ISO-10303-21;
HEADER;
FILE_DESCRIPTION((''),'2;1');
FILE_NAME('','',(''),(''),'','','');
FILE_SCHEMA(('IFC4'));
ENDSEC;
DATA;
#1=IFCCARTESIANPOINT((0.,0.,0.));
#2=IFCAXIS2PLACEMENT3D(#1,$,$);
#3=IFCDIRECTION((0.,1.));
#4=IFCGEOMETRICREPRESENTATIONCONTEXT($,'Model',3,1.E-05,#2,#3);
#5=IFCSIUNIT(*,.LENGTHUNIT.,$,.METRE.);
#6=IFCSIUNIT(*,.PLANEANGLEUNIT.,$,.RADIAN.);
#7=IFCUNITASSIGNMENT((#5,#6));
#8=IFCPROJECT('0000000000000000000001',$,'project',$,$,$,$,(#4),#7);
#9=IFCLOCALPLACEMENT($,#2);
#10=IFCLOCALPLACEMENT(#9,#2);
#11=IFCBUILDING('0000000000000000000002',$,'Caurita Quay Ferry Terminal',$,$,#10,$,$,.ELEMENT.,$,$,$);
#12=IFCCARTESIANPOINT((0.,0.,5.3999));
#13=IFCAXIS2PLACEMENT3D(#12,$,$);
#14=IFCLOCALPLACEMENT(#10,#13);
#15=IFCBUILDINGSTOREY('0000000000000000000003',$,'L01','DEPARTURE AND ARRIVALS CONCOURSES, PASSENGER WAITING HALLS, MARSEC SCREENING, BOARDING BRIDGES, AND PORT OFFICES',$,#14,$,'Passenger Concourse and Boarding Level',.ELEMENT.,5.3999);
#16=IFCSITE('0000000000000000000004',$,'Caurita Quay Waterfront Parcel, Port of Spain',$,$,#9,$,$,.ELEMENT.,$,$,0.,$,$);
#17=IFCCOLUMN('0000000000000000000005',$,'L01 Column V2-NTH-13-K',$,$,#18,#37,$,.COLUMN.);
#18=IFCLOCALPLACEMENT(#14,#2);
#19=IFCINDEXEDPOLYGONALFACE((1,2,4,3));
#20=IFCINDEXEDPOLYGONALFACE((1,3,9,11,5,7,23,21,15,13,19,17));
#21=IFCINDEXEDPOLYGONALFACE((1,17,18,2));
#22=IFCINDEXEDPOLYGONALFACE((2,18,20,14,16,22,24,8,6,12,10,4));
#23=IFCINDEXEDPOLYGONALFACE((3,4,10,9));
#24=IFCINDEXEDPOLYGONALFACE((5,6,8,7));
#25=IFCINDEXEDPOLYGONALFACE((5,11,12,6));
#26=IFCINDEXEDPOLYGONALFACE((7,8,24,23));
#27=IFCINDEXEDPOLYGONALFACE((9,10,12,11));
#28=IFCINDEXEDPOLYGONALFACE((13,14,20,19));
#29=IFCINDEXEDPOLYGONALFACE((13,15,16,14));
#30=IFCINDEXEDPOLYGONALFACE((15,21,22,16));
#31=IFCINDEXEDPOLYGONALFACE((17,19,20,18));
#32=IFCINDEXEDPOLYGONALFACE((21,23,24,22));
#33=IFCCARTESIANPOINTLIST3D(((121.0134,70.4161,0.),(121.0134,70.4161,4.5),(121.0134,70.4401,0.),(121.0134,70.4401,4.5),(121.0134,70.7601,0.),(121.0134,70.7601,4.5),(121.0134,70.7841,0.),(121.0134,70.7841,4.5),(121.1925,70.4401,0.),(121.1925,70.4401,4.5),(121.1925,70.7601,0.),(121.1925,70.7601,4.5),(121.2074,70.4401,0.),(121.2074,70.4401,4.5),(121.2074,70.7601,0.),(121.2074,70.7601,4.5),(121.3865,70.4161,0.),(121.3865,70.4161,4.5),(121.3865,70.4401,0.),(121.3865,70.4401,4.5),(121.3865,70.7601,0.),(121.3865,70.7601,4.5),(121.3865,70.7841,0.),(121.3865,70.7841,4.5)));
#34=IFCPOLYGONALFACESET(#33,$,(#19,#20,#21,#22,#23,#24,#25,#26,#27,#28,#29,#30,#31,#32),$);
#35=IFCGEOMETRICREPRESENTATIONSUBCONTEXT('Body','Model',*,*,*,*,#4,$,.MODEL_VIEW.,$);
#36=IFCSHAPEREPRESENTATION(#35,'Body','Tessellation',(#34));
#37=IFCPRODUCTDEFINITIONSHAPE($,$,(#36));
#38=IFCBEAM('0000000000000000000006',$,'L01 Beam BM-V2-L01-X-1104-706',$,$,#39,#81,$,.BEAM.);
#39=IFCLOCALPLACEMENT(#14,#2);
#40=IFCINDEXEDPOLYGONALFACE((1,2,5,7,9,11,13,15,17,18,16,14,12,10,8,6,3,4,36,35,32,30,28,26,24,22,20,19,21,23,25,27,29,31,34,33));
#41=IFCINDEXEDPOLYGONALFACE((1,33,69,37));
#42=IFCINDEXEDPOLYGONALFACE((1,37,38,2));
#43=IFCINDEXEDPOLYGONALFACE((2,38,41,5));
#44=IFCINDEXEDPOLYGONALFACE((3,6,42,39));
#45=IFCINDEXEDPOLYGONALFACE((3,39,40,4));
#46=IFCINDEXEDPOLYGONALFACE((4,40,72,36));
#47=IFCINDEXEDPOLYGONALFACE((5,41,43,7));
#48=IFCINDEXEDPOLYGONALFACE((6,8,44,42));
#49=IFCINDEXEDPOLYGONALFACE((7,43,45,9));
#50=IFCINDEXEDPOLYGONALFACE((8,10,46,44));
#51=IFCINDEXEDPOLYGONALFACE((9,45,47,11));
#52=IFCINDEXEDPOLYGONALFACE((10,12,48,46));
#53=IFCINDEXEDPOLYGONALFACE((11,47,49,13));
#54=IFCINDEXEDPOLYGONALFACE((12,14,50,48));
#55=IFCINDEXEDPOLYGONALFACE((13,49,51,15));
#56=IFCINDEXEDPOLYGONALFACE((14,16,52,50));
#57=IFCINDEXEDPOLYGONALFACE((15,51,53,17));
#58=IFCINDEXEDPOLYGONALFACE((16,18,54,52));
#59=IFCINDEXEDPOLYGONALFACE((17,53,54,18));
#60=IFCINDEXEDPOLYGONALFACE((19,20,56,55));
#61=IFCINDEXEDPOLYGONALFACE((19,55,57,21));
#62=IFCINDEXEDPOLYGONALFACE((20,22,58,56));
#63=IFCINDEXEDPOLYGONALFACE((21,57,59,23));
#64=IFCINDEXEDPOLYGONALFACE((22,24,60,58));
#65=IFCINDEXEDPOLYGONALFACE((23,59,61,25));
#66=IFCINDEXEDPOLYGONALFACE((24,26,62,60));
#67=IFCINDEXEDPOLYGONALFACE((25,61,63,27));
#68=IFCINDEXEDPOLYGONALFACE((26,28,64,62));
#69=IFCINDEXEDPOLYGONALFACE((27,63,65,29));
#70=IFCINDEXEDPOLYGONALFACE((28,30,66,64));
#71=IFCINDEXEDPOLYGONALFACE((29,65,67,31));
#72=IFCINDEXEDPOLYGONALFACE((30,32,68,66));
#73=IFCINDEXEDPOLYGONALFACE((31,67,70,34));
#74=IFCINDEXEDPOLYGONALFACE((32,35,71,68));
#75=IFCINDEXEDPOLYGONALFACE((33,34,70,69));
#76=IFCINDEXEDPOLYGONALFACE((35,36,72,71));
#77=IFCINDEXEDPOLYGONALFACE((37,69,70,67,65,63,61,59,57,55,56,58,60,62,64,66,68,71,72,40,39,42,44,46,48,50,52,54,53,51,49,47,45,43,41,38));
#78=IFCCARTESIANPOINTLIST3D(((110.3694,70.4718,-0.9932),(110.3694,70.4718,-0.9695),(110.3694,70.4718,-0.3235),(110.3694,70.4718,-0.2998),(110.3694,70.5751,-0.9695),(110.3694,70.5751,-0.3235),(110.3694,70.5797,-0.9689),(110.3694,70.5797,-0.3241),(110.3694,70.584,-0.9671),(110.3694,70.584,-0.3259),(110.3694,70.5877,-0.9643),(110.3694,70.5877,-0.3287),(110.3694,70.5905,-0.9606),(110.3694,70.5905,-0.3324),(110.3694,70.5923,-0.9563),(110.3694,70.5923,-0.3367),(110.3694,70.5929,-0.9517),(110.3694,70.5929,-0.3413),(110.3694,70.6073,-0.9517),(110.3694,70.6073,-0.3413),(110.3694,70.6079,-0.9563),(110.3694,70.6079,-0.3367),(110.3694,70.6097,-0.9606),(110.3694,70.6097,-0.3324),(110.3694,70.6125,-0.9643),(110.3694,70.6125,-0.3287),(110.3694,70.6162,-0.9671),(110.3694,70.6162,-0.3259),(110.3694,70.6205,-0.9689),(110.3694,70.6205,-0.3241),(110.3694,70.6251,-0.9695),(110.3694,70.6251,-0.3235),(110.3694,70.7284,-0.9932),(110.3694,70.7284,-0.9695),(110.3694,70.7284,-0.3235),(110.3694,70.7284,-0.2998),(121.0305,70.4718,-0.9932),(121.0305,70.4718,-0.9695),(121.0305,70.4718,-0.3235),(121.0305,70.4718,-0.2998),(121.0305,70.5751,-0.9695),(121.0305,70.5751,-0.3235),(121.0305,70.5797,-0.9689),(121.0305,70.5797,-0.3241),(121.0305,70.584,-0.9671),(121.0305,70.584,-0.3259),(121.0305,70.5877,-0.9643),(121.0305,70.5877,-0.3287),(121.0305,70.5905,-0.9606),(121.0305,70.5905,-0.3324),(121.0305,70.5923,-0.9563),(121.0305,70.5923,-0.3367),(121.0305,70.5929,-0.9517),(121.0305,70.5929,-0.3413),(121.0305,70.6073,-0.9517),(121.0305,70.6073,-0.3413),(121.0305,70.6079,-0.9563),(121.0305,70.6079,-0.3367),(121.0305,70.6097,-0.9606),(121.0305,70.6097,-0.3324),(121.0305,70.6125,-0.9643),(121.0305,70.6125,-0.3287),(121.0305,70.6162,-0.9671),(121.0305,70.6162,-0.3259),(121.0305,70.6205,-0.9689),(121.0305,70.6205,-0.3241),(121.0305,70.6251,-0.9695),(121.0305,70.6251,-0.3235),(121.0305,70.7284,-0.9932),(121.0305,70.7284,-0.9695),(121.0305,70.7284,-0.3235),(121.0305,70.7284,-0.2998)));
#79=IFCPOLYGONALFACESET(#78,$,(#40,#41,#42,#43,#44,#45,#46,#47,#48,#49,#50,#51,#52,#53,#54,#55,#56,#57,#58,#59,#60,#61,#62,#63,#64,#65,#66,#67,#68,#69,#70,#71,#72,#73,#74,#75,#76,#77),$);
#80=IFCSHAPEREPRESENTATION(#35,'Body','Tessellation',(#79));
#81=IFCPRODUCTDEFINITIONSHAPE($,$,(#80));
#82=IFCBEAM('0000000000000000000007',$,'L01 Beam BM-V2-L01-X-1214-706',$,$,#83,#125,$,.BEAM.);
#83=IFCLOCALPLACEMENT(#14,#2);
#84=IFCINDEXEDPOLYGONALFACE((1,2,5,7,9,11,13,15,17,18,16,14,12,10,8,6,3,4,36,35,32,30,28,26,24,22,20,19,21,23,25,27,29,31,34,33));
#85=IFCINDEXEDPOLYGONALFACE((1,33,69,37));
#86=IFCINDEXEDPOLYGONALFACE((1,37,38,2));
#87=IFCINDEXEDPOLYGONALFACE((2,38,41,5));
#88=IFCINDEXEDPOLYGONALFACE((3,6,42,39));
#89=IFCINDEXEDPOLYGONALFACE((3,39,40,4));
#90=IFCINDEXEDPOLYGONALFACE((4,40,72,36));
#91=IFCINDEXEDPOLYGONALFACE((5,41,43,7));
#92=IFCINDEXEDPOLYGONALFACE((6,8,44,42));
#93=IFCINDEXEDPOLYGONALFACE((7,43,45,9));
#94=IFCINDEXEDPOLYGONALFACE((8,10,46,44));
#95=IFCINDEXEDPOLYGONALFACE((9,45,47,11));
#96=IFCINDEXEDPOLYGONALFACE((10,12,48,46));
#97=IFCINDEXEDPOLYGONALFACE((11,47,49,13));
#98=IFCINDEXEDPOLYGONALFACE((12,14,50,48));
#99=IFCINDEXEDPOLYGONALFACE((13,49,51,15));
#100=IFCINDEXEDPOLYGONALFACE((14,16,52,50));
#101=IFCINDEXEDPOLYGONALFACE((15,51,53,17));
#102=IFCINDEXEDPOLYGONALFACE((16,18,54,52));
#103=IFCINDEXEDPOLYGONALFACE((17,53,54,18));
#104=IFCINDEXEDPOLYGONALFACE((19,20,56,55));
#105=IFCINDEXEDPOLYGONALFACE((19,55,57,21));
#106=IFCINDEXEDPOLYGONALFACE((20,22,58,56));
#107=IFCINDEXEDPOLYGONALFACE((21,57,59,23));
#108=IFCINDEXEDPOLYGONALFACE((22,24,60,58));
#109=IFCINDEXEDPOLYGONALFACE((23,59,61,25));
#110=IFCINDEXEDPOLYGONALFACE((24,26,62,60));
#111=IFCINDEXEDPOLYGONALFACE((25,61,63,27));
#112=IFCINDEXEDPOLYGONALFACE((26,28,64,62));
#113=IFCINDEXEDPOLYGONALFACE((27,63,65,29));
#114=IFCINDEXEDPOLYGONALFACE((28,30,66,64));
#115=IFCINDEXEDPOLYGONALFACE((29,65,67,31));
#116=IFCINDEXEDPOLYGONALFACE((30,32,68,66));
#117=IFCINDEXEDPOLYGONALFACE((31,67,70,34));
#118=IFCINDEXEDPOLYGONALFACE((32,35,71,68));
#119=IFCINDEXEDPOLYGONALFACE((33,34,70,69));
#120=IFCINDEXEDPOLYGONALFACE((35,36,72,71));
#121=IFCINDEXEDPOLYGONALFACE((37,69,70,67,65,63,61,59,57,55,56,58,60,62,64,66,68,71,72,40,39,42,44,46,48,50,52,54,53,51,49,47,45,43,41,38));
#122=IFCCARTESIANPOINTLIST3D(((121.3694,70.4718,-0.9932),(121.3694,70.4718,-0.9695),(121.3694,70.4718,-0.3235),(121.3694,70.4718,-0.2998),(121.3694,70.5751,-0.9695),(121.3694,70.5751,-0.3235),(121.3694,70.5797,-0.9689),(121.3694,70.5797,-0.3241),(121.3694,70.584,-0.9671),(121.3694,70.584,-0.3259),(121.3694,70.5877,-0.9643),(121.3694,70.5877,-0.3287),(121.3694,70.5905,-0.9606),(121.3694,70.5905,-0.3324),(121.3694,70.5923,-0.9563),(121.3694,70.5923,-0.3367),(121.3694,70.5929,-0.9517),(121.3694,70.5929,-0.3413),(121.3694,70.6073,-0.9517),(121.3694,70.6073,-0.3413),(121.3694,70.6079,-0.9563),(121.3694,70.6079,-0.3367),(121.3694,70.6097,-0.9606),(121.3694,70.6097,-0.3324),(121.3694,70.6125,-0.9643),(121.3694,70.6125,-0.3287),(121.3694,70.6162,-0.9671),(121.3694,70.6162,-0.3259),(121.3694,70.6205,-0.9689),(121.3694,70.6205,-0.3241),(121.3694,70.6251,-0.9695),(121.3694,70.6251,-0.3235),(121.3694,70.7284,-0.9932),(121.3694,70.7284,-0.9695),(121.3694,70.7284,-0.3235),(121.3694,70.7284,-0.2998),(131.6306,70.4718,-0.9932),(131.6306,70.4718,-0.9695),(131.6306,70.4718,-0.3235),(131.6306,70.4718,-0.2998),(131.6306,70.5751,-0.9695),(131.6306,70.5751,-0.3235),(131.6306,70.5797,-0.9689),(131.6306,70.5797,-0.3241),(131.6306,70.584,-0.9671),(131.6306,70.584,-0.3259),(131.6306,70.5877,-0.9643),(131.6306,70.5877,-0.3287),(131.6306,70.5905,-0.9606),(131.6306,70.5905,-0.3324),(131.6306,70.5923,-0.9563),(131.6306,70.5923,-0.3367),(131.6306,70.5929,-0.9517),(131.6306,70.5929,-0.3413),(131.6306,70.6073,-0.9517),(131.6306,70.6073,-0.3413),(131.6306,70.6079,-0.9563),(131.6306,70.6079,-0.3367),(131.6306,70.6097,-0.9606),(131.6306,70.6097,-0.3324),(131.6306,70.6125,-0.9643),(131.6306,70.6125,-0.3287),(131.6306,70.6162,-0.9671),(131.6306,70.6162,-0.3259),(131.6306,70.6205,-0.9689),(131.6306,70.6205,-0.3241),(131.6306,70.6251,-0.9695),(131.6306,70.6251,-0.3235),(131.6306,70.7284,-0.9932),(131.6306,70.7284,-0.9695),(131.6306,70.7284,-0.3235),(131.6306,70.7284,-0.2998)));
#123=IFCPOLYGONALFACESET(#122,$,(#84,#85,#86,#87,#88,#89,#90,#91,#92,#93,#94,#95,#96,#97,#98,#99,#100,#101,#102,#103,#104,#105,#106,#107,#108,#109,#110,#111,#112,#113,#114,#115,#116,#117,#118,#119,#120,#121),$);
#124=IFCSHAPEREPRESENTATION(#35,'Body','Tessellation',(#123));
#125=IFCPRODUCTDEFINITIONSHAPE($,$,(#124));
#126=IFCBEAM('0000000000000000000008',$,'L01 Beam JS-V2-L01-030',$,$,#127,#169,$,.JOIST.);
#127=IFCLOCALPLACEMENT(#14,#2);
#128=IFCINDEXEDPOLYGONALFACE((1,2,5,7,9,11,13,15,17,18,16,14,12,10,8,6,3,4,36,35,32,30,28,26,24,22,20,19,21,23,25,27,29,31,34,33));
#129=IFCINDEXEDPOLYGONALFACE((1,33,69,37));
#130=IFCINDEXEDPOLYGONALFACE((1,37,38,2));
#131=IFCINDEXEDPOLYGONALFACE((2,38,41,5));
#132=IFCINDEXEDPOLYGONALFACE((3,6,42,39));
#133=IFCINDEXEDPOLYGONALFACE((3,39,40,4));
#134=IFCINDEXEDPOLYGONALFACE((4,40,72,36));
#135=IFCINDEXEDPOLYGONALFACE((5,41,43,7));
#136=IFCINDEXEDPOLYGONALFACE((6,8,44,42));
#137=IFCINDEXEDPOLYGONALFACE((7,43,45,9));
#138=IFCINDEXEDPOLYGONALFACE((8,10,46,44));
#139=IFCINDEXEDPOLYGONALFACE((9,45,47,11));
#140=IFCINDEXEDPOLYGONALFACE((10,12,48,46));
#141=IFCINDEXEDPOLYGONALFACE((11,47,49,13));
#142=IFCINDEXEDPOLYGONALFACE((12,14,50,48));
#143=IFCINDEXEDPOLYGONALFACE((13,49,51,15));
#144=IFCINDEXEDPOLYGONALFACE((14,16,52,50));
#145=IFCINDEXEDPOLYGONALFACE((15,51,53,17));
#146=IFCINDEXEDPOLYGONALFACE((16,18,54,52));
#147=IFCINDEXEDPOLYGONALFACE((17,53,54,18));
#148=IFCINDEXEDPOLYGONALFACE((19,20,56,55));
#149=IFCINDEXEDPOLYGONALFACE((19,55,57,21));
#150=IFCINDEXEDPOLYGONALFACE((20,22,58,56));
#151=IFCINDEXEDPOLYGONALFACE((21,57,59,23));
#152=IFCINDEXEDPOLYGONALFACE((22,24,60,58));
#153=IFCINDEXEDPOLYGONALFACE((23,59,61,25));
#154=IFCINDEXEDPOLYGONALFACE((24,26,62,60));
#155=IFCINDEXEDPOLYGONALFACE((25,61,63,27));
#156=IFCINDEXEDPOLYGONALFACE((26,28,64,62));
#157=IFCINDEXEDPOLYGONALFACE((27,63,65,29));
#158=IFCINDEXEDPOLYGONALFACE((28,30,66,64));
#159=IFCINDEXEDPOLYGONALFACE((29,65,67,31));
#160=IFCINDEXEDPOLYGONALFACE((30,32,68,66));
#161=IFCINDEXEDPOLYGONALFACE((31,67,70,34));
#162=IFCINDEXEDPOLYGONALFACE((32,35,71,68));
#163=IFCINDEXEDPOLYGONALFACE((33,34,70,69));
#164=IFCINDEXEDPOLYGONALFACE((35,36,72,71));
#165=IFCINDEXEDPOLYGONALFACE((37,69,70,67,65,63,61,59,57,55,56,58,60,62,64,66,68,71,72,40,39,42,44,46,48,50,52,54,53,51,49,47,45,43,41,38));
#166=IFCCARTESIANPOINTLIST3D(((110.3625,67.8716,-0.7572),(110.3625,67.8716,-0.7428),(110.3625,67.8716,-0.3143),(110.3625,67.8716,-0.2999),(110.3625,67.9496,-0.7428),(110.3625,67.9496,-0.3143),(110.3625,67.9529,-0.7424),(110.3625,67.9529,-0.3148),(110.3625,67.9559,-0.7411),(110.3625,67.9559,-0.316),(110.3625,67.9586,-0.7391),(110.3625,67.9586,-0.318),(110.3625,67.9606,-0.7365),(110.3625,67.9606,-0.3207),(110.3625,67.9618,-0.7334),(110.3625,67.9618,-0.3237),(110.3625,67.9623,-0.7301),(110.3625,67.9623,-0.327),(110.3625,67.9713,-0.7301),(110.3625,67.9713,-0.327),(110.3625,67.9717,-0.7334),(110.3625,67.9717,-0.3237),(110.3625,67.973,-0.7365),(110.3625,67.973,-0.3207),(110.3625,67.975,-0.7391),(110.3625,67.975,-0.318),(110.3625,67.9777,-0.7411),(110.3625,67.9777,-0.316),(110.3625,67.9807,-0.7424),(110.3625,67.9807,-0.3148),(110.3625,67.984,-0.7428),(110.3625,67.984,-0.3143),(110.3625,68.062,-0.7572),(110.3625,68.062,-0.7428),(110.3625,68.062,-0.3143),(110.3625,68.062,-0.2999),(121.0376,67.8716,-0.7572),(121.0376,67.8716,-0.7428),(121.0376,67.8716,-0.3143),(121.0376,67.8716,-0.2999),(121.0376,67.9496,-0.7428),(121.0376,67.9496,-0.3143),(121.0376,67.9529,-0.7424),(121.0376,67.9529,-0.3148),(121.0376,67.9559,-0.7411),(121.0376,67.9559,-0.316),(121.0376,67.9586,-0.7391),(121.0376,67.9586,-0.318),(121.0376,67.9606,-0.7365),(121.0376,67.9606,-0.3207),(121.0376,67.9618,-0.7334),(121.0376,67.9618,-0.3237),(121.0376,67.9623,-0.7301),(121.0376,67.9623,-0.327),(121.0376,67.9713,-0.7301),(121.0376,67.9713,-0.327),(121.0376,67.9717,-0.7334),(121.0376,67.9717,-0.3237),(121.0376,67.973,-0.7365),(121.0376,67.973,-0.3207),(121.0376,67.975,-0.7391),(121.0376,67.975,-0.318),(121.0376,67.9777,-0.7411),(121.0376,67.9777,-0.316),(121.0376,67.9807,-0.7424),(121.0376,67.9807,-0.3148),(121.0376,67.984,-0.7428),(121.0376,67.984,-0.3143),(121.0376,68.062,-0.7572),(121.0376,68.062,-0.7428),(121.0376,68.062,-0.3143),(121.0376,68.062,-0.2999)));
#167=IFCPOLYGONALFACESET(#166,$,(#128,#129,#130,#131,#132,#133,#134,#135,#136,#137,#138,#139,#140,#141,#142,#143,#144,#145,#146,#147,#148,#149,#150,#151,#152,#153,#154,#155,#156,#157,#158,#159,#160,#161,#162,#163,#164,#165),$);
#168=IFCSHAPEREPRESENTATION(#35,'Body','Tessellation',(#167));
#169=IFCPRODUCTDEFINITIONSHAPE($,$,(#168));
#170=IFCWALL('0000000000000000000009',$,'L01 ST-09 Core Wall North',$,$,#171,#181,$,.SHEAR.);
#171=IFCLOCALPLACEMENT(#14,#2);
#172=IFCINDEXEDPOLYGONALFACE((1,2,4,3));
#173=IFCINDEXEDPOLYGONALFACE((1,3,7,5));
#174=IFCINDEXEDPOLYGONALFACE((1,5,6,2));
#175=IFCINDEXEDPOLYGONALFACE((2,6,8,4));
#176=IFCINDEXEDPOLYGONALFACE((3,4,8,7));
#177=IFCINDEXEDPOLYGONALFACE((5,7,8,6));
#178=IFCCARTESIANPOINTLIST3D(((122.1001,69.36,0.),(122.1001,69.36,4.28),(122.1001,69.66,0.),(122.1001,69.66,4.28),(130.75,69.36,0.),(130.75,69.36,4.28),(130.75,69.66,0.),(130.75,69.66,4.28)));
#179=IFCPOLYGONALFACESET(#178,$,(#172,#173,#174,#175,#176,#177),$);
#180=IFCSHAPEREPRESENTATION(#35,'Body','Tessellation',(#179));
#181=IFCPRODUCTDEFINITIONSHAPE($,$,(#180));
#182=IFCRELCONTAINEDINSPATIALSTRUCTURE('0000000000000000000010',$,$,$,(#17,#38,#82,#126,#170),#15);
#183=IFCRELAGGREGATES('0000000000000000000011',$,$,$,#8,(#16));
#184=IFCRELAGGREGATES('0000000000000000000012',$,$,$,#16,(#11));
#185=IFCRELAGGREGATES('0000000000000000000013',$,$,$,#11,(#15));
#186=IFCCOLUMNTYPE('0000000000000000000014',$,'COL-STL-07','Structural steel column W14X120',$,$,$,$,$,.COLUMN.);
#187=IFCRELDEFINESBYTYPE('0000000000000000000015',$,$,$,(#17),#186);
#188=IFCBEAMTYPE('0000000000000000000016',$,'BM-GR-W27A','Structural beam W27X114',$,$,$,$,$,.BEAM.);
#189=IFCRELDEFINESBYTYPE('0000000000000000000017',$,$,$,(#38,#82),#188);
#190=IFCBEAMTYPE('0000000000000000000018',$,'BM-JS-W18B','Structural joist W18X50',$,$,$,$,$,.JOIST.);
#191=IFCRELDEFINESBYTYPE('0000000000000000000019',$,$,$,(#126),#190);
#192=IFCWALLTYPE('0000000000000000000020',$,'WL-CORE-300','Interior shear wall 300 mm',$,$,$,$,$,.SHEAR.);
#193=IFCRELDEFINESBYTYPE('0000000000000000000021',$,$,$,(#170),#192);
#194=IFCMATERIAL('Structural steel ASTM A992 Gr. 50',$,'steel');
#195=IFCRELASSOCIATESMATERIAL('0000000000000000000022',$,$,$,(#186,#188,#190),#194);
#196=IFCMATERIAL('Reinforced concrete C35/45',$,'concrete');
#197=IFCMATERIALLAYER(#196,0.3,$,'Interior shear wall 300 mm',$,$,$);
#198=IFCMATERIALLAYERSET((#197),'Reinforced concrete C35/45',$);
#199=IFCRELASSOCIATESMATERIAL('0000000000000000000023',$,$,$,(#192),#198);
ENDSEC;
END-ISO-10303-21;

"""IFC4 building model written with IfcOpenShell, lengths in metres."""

from ifc_helpers import new_model, si_unit, direction, frame, frame_2d, origin, origin_2d, place, context, subcontext, project, spatial, rectangle, i_section, extrude, material, layer, layer_set, material_profile, profile_set, type_object, element, save


model = new_model("IFC4")

# Units and contexts
model_context = context("Model", 3, precision=1e-05, world=origin(), true_north=direction((0.0, 1.0)))
body_context = subcontext(model_context, "Body", "Model", "MODEL_VIEW")
ifc_project = project(units=[si_unit("LENGTHUNIT", "METRE"), si_unit("PLANEANGLEUNIT", "RADIAN")], contexts=[model_context])

# Site, building, storey
site_placement = place(None, origin())
site = spatial("IfcSite", under=ifc_project, at=site_placement, Name="Caurita Quay Waterfront Parcel, Port of Spain", CompositionType="ELEMENT", RefElevation=0.0)
building_placement = place(site_placement, origin())
building = spatial("IfcBuilding", under=site, at=building_placement, Name="Caurita Quay Ferry Terminal", CompositionType="ELEMENT")
storey_placement = place(building_placement, frame((0.0, 0.0, 5.3999)))
storey = spatial("IfcBuildingStorey", under=building, at=storey_placement, Name="L01", Description="DEPARTURE AND ARRIVALS CONCOURSES, PASSENGER WAITING HALLS, MARSEC SCREENING, BOARDING BRIDGES, AND PORT OFFICES", LongName="Passenger Concourse and Boarding Level", CompositionType="ELEMENT", Elevation=5.3999)

# Column
ifc_material_1 = material(Name="Structural steel ASTM A992 Gr. 50", Category="steel")
ifc_material_profile_1 = material_profile(ifc_material_1, i_section(OverallWidth=0.373, OverallDepth=0.3679, WebThickness=0.0149, FlangeThickness=0.0239, at=origin_2d()), Name="W14X120")
ifc_profile_set_1 = profile_set([ifc_material_profile_1], Name="Structural steel ASTM A992 Gr. 50")
column_type = type_object("IfcColumnType", Name="COL-STL-07", Description="Structural steel column W14X120", PredefinedType="COLUMN", material=ifc_profile_set_1)
column_placement = place(storey_placement, frame((121.2, 70.6001, 0.0), z_axis=(0.0, 0.0, 1.0), x_axis=(1.0, 0.0, 0.0)))
element("IfcColumn", 1, at=column_placement, inside=storey, type_object=column_type, Name="L01 Column V2-NTH-13-K", PredefinedType="COLUMN", context=body_context, shape_type="SweptSolid", body=[
    extrude(i_section(OverallWidth=0.373, OverallDepth=0.3679, WebThickness=0.0149, FlangeThickness=0.0239, at=origin_2d()), origin(), (0.0, 0.0, 1.0), 4.5),
])

# Beams
ifc_material_profile_2 = material_profile(ifc_material_1, i_section(OverallWidth=0.2566, OverallDepth=0.6934, WebThickness=0.0144, FlangeThickness=0.0237, FilletRadius=0.0178, at=origin_2d()), Name="W27X114")
ifc_profile_set_2 = profile_set([ifc_material_profile_2], Name="Structural steel ASTM A992 Gr. 50")
beam_type_1 = type_object("IfcBeamType", Name="BM-GR-W27A", Description="Structural beam W27X114", PredefinedType="BEAM", material=ifc_profile_set_2)
beam_1_placement = place(storey_placement, frame((110.3694, 70.6001, -0.6465), z_axis=(1.0, 0.0, 0.0), x_axis=(0.0, 1.0, 0.0)))
element("IfcBeam", 2, at=beam_1_placement, inside=storey, type_object=beam_type_1, Name="L01 Beam BM-V2-L01-X-1104-706", PredefinedType="BEAM", context=body_context, shape_type="SweptSolid", body=[
    extrude(i_section(OverallWidth=0.2566, OverallDepth=0.6934, WebThickness=0.0144, FlangeThickness=0.0237, FilletRadius=0.0178, at=origin_2d()), origin(), (0.0, 0.0, 1.0), 10.6611),
])
beam_2_placement = place(storey_placement, frame((121.3694, 70.6001, -0.6465), z_axis=(1.0, 0.0, 0.0), x_axis=(0.0, 1.0, 0.0)))
element("IfcBeam", 3, at=beam_2_placement, inside=storey, type_object=beam_type_1, Name="L01 Beam BM-V2-L01-X-1214-706", PredefinedType="BEAM", context=body_context, shape_type="SweptSolid", body=[
    extrude(i_section(OverallWidth=0.2566, OverallDepth=0.6934, WebThickness=0.0144, FlangeThickness=0.0237, FilletRadius=0.0178, at=origin_2d()), origin(), (0.0, 0.0, 1.0), 10.2612),
])
ifc_material_profile_3 = material_profile(ifc_material_1, i_section(OverallWidth=0.1904, OverallDepth=0.4573, WebThickness=0.009, FlangeThickness=0.0144, FilletRadius=0.0127, at=origin_2d()), Name="W18X50")
ifc_profile_set_3 = profile_set([ifc_material_profile_3], Name="Structural steel ASTM A992 Gr. 50")
beam_type_2 = type_object("IfcBeamType", Name="BM-JS-W18B", Description="Structural joist W18X50", PredefinedType="JOIST", material=ifc_profile_set_3)
beam_3_placement = place(storey_placement, frame((110.3625, 67.9668, -0.5286), z_axis=(1.0, 0.0, 0.0), x_axis=(0.0, 1.0, 0.0)))
element("IfcBeam", 4, at=beam_3_placement, inside=storey, type_object=beam_type_2, Name="L01 Beam JS-V2-L01-030", PredefinedType="JOIST", context=body_context, shape_type="SweptSolid", body=[
    extrude(i_section(OverallWidth=0.1904, OverallDepth=0.4573, WebThickness=0.009, FlangeThickness=0.0144, FilletRadius=0.0127, at=origin_2d()), origin(), (0.0, 0.0, 1.0), 10.675),
])

# Wall
ifc_material_2 = material(Name="Reinforced concrete C35/45", Category="concrete")
ifc_layer_1 = layer(ifc_material_2, 0.3, Name="Interior shear wall 300 mm")
ifc_layer_set_1 = layer_set([ifc_layer_1], Name="Reinforced concrete C35/45")
wall_type_1 = type_object("IfcWallType", Name="WL-CORE-300", Description="Interior shear wall 300 mm", PredefinedType="SHEAR", material=ifc_layer_set_1)
wall_1_placement = place(storey_placement, frame((130.75, 69.51, 0.0), z_axis=(0.0, 0.0, 1.0), x_axis=(-1.0, 0.0, 0.0)))
element("IfcWall", 5, at=wall_1_placement, inside=storey, type_object=wall_type_1, Name="L01 ST-09 Core Wall North", PredefinedType="SHEAR", context=body_context, shape_type="SweptSolid", body=[
    extrude(rectangle(XDim=8.6499, YDim=0.3, at=frame_2d((4.325, 0.0))), origin(), (0.0, 0.0, 1.0), 4.28),
])

save(model, "model.ifc")
